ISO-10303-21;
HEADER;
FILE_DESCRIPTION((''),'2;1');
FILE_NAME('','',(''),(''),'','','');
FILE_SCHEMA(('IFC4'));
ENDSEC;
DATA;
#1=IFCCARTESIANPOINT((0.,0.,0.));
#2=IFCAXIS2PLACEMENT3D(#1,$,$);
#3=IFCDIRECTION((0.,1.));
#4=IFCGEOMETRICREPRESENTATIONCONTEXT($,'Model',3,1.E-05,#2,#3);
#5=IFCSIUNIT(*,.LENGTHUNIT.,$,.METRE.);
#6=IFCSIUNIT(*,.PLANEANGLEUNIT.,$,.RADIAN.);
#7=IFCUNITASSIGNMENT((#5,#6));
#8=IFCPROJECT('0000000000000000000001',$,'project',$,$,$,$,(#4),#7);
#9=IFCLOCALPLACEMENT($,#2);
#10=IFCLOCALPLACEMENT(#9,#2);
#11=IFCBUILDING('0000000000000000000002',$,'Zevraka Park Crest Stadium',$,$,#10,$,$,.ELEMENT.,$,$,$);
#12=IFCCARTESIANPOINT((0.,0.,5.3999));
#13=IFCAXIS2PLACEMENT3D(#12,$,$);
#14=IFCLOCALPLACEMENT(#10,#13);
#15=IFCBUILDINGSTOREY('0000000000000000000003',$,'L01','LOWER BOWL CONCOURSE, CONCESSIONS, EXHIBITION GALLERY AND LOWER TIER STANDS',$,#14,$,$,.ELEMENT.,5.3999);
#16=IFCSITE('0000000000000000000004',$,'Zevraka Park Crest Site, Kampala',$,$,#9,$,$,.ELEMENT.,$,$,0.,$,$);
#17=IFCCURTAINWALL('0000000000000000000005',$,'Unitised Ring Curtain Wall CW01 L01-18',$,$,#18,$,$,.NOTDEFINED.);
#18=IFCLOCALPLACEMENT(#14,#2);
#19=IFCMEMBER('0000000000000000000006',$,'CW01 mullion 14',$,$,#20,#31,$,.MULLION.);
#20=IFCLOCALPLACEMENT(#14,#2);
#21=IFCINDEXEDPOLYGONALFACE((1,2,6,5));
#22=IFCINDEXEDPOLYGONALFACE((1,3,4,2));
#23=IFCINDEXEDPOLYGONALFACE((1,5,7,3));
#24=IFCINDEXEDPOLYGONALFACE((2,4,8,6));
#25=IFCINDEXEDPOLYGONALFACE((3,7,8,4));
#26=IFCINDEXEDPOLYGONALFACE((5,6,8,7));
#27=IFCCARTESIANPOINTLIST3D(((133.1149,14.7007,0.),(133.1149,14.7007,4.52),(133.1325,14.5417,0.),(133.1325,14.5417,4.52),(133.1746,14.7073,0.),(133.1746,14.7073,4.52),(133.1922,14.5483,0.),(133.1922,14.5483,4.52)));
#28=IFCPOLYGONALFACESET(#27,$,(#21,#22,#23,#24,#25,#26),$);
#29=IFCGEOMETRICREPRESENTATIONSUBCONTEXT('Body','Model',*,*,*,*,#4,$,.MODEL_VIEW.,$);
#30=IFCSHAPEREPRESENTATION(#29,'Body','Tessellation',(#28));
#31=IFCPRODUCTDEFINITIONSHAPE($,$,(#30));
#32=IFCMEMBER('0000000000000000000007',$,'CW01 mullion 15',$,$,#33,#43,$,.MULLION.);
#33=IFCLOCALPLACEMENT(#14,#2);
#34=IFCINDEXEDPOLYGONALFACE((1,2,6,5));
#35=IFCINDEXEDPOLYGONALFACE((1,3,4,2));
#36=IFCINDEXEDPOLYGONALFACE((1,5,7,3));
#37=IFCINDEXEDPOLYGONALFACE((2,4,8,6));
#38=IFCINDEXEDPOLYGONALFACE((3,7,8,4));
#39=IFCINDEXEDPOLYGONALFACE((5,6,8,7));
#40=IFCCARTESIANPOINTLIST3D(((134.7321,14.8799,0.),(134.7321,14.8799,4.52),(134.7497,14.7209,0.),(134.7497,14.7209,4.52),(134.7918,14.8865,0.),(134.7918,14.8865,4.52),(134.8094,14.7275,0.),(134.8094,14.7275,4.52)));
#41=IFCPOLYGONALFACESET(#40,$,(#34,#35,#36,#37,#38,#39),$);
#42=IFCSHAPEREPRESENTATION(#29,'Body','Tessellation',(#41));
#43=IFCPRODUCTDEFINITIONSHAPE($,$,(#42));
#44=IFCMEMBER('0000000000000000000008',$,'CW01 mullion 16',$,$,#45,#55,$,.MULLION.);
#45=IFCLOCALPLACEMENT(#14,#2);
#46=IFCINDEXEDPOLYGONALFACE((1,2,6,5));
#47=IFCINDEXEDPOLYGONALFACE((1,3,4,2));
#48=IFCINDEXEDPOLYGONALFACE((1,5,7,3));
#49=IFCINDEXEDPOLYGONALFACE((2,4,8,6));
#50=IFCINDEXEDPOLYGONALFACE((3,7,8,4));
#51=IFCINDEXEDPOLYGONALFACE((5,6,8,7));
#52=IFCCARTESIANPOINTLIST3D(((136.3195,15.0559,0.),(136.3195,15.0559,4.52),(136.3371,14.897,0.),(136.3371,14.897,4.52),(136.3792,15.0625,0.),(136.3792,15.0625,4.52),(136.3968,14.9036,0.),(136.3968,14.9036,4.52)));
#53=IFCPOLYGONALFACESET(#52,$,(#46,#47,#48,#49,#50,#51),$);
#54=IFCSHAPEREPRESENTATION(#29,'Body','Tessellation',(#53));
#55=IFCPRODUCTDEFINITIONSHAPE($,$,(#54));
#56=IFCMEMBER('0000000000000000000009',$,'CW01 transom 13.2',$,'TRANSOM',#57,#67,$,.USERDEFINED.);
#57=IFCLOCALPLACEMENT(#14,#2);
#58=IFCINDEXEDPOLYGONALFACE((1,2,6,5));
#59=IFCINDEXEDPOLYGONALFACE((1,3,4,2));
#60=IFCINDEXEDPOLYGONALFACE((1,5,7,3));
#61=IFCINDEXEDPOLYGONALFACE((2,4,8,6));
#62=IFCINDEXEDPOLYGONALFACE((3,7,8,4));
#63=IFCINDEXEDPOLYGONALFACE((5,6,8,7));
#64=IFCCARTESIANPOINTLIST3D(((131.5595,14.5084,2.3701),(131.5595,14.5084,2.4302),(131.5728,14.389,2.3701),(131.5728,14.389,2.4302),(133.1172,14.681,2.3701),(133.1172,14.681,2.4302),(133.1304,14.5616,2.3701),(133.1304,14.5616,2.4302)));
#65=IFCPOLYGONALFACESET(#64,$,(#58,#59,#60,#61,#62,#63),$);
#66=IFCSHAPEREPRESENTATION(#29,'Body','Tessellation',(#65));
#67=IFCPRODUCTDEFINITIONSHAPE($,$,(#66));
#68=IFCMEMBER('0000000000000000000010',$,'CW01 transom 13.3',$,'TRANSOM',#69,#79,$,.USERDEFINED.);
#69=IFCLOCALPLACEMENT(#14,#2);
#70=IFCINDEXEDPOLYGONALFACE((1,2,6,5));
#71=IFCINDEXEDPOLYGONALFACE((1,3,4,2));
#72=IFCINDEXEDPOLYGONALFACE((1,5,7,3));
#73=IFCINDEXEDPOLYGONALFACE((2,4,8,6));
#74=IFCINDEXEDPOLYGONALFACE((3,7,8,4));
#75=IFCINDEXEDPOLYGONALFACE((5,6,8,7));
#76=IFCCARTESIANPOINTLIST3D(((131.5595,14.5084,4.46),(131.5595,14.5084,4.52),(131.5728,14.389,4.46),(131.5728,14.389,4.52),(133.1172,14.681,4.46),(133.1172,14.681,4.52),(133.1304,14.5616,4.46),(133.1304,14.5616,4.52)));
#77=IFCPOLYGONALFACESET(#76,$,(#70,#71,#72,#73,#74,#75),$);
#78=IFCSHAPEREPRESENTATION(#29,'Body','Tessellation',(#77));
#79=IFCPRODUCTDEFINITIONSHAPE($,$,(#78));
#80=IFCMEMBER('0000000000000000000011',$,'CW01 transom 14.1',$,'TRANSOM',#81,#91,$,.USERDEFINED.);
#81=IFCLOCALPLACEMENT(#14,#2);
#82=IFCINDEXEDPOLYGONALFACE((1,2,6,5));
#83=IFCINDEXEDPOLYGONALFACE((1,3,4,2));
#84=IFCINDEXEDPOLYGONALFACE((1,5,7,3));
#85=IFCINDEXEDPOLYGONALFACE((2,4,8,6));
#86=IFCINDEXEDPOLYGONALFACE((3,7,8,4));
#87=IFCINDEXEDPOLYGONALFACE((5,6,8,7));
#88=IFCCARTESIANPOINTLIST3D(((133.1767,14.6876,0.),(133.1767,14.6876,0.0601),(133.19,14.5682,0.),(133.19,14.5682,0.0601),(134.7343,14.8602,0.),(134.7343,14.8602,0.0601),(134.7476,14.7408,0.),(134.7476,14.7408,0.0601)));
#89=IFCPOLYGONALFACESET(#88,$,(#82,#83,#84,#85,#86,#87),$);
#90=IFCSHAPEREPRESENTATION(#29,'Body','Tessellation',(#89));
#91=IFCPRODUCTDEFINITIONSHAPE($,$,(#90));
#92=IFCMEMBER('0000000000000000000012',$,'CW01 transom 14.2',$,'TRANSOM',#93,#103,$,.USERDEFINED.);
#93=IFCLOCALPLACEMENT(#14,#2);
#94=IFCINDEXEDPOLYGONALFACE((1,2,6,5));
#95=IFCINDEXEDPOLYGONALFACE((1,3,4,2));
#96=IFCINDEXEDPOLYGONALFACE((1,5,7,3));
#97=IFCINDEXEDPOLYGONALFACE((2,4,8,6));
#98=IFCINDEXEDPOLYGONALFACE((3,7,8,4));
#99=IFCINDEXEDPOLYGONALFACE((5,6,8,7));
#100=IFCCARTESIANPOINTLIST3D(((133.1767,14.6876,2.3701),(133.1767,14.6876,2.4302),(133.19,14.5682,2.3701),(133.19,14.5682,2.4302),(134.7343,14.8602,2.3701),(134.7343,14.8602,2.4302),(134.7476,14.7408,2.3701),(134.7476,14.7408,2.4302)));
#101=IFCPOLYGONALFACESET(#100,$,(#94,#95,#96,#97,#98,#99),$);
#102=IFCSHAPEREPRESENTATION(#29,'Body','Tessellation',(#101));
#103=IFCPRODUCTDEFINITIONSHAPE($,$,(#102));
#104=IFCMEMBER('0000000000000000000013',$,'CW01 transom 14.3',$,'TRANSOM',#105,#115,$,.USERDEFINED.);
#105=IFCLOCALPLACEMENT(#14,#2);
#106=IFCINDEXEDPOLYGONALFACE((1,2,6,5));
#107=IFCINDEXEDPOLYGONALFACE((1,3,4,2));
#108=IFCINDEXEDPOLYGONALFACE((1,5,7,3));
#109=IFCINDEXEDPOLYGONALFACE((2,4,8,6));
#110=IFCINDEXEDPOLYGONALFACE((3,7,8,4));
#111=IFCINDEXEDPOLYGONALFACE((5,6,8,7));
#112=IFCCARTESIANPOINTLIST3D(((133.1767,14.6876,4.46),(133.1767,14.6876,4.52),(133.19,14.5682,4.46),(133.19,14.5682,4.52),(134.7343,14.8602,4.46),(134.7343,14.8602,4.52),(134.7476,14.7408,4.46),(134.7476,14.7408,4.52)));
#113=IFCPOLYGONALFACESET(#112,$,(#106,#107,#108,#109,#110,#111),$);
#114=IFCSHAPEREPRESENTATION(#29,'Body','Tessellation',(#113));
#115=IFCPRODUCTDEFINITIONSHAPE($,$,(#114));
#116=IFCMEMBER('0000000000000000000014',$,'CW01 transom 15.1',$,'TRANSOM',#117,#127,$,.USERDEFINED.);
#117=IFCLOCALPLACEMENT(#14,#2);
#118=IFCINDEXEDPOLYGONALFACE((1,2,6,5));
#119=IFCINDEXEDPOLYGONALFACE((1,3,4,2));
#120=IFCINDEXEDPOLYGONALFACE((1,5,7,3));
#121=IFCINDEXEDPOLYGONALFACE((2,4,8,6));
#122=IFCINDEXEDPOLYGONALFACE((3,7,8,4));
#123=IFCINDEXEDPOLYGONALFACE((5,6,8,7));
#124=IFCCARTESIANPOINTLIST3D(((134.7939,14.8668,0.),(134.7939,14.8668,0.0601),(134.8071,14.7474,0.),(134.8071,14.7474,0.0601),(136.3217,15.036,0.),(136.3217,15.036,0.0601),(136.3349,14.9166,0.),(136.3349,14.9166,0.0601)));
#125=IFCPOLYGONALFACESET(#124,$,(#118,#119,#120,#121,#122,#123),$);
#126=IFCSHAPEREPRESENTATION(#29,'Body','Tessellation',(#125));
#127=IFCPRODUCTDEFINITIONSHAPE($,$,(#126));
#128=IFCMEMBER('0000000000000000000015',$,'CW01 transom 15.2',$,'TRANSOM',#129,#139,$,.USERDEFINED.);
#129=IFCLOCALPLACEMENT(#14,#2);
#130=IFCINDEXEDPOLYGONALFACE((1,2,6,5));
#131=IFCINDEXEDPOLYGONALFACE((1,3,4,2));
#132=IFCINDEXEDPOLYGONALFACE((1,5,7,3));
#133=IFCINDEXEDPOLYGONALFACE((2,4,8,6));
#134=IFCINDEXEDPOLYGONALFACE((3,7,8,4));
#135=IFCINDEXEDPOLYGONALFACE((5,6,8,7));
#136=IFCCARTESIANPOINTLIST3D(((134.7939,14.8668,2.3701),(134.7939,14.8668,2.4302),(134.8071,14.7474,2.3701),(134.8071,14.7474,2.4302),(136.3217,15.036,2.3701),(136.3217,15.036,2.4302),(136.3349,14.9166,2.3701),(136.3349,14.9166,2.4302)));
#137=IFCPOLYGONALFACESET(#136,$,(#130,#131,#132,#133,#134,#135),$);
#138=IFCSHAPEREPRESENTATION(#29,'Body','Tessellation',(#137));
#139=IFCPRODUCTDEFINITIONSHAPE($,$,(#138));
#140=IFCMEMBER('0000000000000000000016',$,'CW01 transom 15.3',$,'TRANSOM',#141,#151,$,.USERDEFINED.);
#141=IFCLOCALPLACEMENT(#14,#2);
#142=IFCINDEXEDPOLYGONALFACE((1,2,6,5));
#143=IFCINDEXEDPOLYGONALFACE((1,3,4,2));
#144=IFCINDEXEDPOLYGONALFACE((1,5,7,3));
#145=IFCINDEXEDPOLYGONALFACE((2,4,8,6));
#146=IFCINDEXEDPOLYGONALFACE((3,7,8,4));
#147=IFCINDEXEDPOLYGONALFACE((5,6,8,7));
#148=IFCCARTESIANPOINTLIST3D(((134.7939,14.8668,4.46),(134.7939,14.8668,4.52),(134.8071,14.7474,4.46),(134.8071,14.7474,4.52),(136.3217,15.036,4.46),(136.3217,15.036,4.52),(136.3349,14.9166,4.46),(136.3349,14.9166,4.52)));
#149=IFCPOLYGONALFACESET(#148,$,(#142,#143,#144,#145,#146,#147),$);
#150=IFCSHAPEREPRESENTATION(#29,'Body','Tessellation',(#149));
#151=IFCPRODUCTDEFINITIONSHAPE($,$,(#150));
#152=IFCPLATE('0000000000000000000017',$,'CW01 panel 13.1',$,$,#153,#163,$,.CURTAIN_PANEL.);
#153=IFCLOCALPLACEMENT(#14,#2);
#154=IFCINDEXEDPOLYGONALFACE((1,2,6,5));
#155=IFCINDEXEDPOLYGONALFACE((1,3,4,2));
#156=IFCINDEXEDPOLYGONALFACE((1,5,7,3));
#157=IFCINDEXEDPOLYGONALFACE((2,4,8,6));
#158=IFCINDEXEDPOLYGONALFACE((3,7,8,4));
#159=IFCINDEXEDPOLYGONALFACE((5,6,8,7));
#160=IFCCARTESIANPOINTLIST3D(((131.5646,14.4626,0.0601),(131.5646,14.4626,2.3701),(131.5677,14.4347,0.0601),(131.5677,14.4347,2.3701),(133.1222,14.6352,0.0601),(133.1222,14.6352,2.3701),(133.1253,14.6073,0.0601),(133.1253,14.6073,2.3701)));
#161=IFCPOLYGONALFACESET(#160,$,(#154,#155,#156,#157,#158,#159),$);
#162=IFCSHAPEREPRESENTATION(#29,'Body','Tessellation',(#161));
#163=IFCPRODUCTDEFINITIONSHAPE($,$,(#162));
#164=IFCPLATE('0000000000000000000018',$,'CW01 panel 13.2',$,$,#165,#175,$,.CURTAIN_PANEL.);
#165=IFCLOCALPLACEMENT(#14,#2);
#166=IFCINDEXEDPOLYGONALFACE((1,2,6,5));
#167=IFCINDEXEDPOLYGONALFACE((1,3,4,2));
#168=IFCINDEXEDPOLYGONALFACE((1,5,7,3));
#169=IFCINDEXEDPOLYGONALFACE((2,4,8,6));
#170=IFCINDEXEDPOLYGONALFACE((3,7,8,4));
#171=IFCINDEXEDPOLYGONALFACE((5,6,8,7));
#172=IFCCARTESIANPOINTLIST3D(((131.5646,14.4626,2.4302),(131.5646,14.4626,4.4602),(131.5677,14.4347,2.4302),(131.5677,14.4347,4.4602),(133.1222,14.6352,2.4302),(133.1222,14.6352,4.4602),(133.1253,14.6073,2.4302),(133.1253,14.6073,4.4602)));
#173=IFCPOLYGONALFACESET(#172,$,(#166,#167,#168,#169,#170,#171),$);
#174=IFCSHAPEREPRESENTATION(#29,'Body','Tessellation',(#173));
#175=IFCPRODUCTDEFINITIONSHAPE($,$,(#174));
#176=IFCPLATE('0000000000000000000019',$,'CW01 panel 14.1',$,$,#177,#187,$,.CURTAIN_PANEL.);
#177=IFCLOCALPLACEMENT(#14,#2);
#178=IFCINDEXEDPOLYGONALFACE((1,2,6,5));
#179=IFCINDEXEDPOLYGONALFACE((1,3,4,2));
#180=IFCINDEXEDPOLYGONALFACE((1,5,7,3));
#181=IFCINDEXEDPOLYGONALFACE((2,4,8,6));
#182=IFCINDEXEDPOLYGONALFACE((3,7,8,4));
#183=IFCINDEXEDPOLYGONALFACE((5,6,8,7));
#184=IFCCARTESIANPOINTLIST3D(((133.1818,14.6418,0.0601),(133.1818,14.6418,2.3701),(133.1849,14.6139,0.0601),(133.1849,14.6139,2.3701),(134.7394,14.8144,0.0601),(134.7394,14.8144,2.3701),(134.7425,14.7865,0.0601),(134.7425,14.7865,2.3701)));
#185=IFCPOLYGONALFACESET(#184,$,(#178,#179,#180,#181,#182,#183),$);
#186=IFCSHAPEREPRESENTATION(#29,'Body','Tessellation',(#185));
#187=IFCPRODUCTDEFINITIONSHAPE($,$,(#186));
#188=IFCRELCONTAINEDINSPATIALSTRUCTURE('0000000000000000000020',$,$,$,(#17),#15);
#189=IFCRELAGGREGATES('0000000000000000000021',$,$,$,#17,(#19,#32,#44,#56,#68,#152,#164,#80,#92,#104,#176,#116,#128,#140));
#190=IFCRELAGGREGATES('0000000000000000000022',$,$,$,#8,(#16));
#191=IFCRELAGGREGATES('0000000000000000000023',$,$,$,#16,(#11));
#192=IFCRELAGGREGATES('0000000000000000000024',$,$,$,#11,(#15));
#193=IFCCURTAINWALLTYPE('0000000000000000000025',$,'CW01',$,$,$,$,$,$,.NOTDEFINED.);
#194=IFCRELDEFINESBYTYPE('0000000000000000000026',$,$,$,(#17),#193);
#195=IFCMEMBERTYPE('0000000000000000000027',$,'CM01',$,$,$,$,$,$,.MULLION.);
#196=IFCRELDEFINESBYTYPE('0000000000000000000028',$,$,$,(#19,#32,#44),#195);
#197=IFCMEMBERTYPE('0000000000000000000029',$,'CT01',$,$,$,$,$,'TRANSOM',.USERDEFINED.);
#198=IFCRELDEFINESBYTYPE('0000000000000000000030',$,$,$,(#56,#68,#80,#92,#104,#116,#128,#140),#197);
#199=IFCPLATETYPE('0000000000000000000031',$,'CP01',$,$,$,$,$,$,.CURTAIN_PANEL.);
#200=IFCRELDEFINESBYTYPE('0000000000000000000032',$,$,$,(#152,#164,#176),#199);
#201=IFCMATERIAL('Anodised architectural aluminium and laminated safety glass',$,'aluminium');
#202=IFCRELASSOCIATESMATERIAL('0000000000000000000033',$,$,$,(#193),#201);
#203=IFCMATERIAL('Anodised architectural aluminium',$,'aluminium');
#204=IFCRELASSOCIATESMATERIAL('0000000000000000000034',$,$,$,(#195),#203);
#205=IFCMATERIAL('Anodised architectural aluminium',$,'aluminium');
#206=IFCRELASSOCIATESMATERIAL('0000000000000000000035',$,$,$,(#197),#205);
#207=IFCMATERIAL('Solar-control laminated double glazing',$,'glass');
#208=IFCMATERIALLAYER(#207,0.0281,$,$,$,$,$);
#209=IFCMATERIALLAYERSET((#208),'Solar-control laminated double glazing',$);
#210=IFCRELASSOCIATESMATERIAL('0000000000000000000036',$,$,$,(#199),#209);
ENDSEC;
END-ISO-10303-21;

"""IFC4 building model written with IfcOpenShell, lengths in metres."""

from ifc_helpers import new_model, si_unit, direction, frame, origin, origin_2d, place, context, subcontext, project, spatial, rectangle, extrude, material, layer, layer_set, material_profile, profile_set, type_object, element, aggregate, save


model = new_model("IFC4")

# Units and contexts
model_context = context("Model", 3, precision=1e-05, world=origin(), true_north=direction((0.0, 1.0)))
body_context = subcontext(model_context, "Body", "Model", "MODEL_VIEW")
ifc_project = project(units=[si_unit("LENGTHUNIT", "METRE"), si_unit("PLANEANGLEUNIT", "RADIAN")], contexts=[model_context])

# Site, building, storey
site_placement = place(None, origin())
site = spatial("IfcSite", under=ifc_project, at=site_placement, Name="Zevraka Park Crest Site, Kampala", CompositionType="ELEMENT", RefElevation=0.0)
building_placement = place(site_placement, origin())
building = spatial("IfcBuilding", under=site, at=building_placement, Name="Zevraka Park Crest Stadium", CompositionType="ELEMENT")
storey_placement = place(building_placement, frame((0.0, 0.0, 5.3999)))
storey = spatial("IfcBuildingStorey", under=building, at=storey_placement, Name="L01", Description="LOWER BOWL CONCOURSE, CONCESSIONS, EXHIBITION GALLERY AND LOWER TIER STANDS", CompositionType="ELEMENT", Elevation=5.3999)

# Curtain wall, members, plates
ifc_material_1 = material(Name="Anodised architectural aluminium and laminated safety glass", Category="aluminium")
curtain_wall_type = type_object("IfcCurtainWallType", Name="CW01", PredefinedType="NOTDEFINED", material=ifc_material_1)
curtain_wall_placement = place(storey_placement, origin())
curtain_wall = element("IfcCurtainWall", 1, at=curtain_wall_placement, inside=storey, type_object=curtain_wall_type, Name="Unitised Ring Curtain Wall CW01 L01-18", PredefinedType="NOTDEFINED")
ifc_material_2 = material(Name="Anodised architectural aluminium", Category="aluminium")
ifc_material_profile_1 = material_profile(ifc_material_2, rectangle(XDim=0.1599, YDim=0.0601, at=origin_2d()), Name="ALU MULLION 160x60")
ifc_profile_set_1 = profile_set([ifc_material_profile_1], Name="Anodised architectural aluminium")
member_type_1 = type_object("IfcMemberType", Name="CM01", PredefinedType="MULLION", material=ifc_profile_set_1)
member_1_placement = place(storey_placement, frame((133.1536, 14.6245, 0.0), z_axis=(0.0, 0.0, 1.0), x_axis=(-0.110135, 0.993917, 0.0)))
member_1 = element("IfcMember", 2, at=member_1_placement, type_object=member_type_1, Name="CW01 mullion 14", PredefinedType="MULLION", context=body_context, shape_type="SweptSolid", body=[
    extrude(rectangle(XDim=0.1599, YDim=0.0601, at=origin_2d()), origin(), (0.0, 0.0, 1.0), 4.52),
])
member_2_placement = place(storey_placement, frame((134.7708, 14.8037, 0.0), z_axis=(0.0, 0.0, 1.0), x_axis=(-0.110135, 0.993917, 0.0)))
member_2 = element("IfcMember", 3, at=member_2_placement, type_object=member_type_1, Name="CW01 mullion 15", PredefinedType="MULLION", context=body_context, shape_type="SweptSolid", body=[
    extrude(rectangle(XDim=0.1599, YDim=0.0601, at=origin_2d()), origin(), (0.0, 0.0, 1.0), 4.52),
])
member_3_placement = place(storey_placement, frame((136.3582, 14.9797, 0.0), z_axis=(0.0, 0.0, 1.0), x_axis=(-0.110135, 0.993917, 0.0)))
member_3 = element("IfcMember", 4, at=member_3_placement, type_object=member_type_1, Name="CW01 mullion 16", PredefinedType="MULLION", context=body_context, shape_type="SweptSolid", body=[
    extrude(rectangle(XDim=0.1599, YDim=0.0601, at=origin_2d()), origin(), (0.0, 0.0, 1.0), 4.52),
])
ifc_material_3 = material(Name="Anodised architectural aluminium", Category="aluminium")
ifc_material_profile_2 = material_profile(ifc_material_3, rectangle(XDim=0.1201, YDim=0.0601, at=origin_2d()), Name="ALU TRANSOM 120x60")
ifc_profile_set_2 = profile_set([ifc_material_profile_2], Name="Anodised architectural aluminium")
member_type_2 = type_object("IfcMemberType", Name="CT01", ElementType="TRANSOM", PredefinedType="USERDEFINED", material=ifc_profile_set_2)
member_4_placement = place(storey_placement, frame((131.5662, 14.4487, 2.4001), z_axis=(0.993916, 0.110141, 0.0), x_axis=(-0.110141, 0.993916, 0.0)))
member_4 = element("IfcMember", 5, at=member_4_placement, type_object=member_type_2, Name="CW01 transom 13.2", ObjectType="TRANSOM", PredefinedType="USERDEFINED", context=body_context, shape_type="SweptSolid", body=[
    extrude(rectangle(XDim=0.1201, YDim=0.0601, at=origin_2d()), origin(), (0.0, 0.0, 1.0), 1.5671),
])
member_5_placement = place(storey_placement, frame((131.5662, 14.4487, 4.49), z_axis=(0.993916, 0.110141, 0.0), x_axis=(-0.110141, 0.993916, 0.0)))
member_5 = element("IfcMember", 6, at=member_5_placement, type_object=member_type_2, Name="CW01 transom 13.3", ObjectType="TRANSOM", PredefinedType="USERDEFINED", context=body_context, shape_type="SweptSolid", body=[
    extrude(rectangle(XDim=0.1201, YDim=0.0601, at=origin_2d()), origin(), (0.0, 0.0, 1.0), 1.5671),
])
member_6_placement = place(storey_placement, frame((133.1833, 14.6279, 0.03), z_axis=(0.993916, 0.110141, 0.0), x_axis=(-0.110141, 0.993916, 0.0)))
member_6 = element("IfcMember", 7, at=member_6_placement, type_object=member_type_2, Name="CW01 transom 14.1", ObjectType="TRANSOM", PredefinedType="USERDEFINED", context=body_context, shape_type="SweptSolid", body=[
    extrude(rectangle(XDim=0.1201, YDim=0.0601, at=origin_2d()), origin(), (0.0, 0.0, 1.0), 1.5671),
])
member_7_placement = place(storey_placement, frame((133.1833, 14.6279, 2.4001), z_axis=(0.993916, 0.110141, 0.0), x_axis=(-0.110141, 0.993916, 0.0)))
member_7 = element("IfcMember", 8, at=member_7_placement, type_object=member_type_2, Name="CW01 transom 14.2", ObjectType="TRANSOM", PredefinedType="USERDEFINED", context=body_context, shape_type="SweptSolid", body=[
    extrude(rectangle(XDim=0.1201, YDim=0.0601, at=origin_2d()), origin(), (0.0, 0.0, 1.0), 1.5671),
])
member_8_placement = place(storey_placement, frame((133.1833, 14.6279, 4.49), z_axis=(0.993916, 0.110141, 0.0), x_axis=(-0.110141, 0.993916, 0.0)))
member_8 = element("IfcMember", 9, at=member_8_placement, type_object=member_type_2, Name="CW01 transom 14.3", ObjectType="TRANSOM", PredefinedType="USERDEFINED", context=body_context, shape_type="SweptSolid", body=[
    extrude(rectangle(XDim=0.1201, YDim=0.0601, at=origin_2d()), origin(), (0.0, 0.0, 1.0), 1.5671),
])
member_9_placement = place(storey_placement, frame((134.8005, 14.8071, 0.03), z_axis=(0.993924, 0.110065, 0.0), x_axis=(-0.110065, 0.993924, 0.0)))
member_9 = element("IfcMember", 10, at=member_9_placement, type_object=member_type_2, Name="CW01 transom 15.1", ObjectType="TRANSOM", PredefinedType="USERDEFINED", context=body_context, shape_type="SweptSolid", body=[
    extrude(rectangle(XDim=0.1201, YDim=0.0601, at=origin_2d()), origin(), (0.0, 0.0, 1.0), 1.5371),
])
member_10_placement = place(storey_placement, frame((134.8005, 14.8071, 2.4001), z_axis=(0.993924, 0.110065, 0.0), x_axis=(-0.110065, 0.993924, 0.0)))
member_10 = element("IfcMember", 11, at=member_10_placement, type_object=member_type_2, Name="CW01 transom 15.2", ObjectType="TRANSOM", PredefinedType="USERDEFINED", context=body_context, shape_type="SweptSolid", body=[
    extrude(rectangle(XDim=0.1201, YDim=0.0601, at=origin_2d()), origin(), (0.0, 0.0, 1.0), 1.5371),
])
member_11_placement = place(storey_placement, frame((134.8005, 14.8071, 4.49), z_axis=(0.993924, 0.110065, 0.0), x_axis=(-0.110065, 0.993924, 0.0)))
member_11 = element("IfcMember", 12, at=member_11_placement, type_object=member_type_2, Name="CW01 transom 15.3", ObjectType="TRANSOM", PredefinedType="USERDEFINED", context=body_context, shape_type="SweptSolid", body=[
    extrude(rectangle(XDim=0.1201, YDim=0.0601, at=origin_2d()), origin(), (0.0, 0.0, 1.0), 1.5371),
])
ifc_material_4 = material(Name="Solar-control laminated double glazing", Category="glass")
ifc_layer_1 = layer(ifc_material_4, 0.0281)
ifc_layer_set_1 = layer_set([ifc_layer_1], Name="Solar-control laminated double glazing")
plate_type = type_object("IfcPlateType", Name="CP01", PredefinedType="CURTAIN_PANEL", material=ifc_layer_set_1)
plate_1_placement = place(storey_placement, frame((132.345, 14.5349, 0.0601), z_axis=(0.0, 0.0, 1.0), x_axis=(0.993917, 0.110135, 0.0)))
plate_1 = element("IfcPlate", 13, at=plate_1_placement, type_object=plate_type, Name="CW01 panel 13.1", PredefinedType="CURTAIN_PANEL", context=body_context, shape_type="SweptSolid", body=[
    extrude(rectangle(XDim=1.5671, YDim=0.0281, at=origin_2d()), origin(), (0.0, 0.0, 1.0), 2.3101),
])
plate_2_placement = place(storey_placement, frame((132.345, 14.5349, 2.4302), z_axis=(0.0, 0.0, 1.0), x_axis=(0.993917, 0.110135, 0.0)))
plate_2 = element("IfcPlate", 14, at=plate_2_placement, type_object=plate_type, Name="CW01 panel 13.2", PredefinedType="CURTAIN_PANEL", context=body_context, shape_type="SweptSolid", body=[
    extrude(rectangle(XDim=1.5671, YDim=0.0281, at=origin_2d()), origin(), (0.0, 0.0, 1.0), 2.03),
])
plate_3_placement = place(storey_placement, frame((133.9622, 14.7141, 0.0601), z_axis=(0.0, 0.0, 1.0), x_axis=(0.993917, 0.110135, 0.0)))
plate_3 = element("IfcPlate", 15, at=plate_3_placement, type_object=plate_type, Name="CW01 panel 14.1", PredefinedType="CURTAIN_PANEL", context=body_context, shape_type="SweptSolid", body=[
    extrude(rectangle(XDim=1.5671, YDim=0.0281, at=origin_2d()), origin(), (0.0, 0.0, 1.0), 2.3101),
])
aggregate(curtain_wall, [member_1, member_2, member_3, member_4, member_5, plate_1, plate_2, member_6, member_7, member_8, plate_3, member_9, member_10, member_11])

save(model, "model.ifc")
